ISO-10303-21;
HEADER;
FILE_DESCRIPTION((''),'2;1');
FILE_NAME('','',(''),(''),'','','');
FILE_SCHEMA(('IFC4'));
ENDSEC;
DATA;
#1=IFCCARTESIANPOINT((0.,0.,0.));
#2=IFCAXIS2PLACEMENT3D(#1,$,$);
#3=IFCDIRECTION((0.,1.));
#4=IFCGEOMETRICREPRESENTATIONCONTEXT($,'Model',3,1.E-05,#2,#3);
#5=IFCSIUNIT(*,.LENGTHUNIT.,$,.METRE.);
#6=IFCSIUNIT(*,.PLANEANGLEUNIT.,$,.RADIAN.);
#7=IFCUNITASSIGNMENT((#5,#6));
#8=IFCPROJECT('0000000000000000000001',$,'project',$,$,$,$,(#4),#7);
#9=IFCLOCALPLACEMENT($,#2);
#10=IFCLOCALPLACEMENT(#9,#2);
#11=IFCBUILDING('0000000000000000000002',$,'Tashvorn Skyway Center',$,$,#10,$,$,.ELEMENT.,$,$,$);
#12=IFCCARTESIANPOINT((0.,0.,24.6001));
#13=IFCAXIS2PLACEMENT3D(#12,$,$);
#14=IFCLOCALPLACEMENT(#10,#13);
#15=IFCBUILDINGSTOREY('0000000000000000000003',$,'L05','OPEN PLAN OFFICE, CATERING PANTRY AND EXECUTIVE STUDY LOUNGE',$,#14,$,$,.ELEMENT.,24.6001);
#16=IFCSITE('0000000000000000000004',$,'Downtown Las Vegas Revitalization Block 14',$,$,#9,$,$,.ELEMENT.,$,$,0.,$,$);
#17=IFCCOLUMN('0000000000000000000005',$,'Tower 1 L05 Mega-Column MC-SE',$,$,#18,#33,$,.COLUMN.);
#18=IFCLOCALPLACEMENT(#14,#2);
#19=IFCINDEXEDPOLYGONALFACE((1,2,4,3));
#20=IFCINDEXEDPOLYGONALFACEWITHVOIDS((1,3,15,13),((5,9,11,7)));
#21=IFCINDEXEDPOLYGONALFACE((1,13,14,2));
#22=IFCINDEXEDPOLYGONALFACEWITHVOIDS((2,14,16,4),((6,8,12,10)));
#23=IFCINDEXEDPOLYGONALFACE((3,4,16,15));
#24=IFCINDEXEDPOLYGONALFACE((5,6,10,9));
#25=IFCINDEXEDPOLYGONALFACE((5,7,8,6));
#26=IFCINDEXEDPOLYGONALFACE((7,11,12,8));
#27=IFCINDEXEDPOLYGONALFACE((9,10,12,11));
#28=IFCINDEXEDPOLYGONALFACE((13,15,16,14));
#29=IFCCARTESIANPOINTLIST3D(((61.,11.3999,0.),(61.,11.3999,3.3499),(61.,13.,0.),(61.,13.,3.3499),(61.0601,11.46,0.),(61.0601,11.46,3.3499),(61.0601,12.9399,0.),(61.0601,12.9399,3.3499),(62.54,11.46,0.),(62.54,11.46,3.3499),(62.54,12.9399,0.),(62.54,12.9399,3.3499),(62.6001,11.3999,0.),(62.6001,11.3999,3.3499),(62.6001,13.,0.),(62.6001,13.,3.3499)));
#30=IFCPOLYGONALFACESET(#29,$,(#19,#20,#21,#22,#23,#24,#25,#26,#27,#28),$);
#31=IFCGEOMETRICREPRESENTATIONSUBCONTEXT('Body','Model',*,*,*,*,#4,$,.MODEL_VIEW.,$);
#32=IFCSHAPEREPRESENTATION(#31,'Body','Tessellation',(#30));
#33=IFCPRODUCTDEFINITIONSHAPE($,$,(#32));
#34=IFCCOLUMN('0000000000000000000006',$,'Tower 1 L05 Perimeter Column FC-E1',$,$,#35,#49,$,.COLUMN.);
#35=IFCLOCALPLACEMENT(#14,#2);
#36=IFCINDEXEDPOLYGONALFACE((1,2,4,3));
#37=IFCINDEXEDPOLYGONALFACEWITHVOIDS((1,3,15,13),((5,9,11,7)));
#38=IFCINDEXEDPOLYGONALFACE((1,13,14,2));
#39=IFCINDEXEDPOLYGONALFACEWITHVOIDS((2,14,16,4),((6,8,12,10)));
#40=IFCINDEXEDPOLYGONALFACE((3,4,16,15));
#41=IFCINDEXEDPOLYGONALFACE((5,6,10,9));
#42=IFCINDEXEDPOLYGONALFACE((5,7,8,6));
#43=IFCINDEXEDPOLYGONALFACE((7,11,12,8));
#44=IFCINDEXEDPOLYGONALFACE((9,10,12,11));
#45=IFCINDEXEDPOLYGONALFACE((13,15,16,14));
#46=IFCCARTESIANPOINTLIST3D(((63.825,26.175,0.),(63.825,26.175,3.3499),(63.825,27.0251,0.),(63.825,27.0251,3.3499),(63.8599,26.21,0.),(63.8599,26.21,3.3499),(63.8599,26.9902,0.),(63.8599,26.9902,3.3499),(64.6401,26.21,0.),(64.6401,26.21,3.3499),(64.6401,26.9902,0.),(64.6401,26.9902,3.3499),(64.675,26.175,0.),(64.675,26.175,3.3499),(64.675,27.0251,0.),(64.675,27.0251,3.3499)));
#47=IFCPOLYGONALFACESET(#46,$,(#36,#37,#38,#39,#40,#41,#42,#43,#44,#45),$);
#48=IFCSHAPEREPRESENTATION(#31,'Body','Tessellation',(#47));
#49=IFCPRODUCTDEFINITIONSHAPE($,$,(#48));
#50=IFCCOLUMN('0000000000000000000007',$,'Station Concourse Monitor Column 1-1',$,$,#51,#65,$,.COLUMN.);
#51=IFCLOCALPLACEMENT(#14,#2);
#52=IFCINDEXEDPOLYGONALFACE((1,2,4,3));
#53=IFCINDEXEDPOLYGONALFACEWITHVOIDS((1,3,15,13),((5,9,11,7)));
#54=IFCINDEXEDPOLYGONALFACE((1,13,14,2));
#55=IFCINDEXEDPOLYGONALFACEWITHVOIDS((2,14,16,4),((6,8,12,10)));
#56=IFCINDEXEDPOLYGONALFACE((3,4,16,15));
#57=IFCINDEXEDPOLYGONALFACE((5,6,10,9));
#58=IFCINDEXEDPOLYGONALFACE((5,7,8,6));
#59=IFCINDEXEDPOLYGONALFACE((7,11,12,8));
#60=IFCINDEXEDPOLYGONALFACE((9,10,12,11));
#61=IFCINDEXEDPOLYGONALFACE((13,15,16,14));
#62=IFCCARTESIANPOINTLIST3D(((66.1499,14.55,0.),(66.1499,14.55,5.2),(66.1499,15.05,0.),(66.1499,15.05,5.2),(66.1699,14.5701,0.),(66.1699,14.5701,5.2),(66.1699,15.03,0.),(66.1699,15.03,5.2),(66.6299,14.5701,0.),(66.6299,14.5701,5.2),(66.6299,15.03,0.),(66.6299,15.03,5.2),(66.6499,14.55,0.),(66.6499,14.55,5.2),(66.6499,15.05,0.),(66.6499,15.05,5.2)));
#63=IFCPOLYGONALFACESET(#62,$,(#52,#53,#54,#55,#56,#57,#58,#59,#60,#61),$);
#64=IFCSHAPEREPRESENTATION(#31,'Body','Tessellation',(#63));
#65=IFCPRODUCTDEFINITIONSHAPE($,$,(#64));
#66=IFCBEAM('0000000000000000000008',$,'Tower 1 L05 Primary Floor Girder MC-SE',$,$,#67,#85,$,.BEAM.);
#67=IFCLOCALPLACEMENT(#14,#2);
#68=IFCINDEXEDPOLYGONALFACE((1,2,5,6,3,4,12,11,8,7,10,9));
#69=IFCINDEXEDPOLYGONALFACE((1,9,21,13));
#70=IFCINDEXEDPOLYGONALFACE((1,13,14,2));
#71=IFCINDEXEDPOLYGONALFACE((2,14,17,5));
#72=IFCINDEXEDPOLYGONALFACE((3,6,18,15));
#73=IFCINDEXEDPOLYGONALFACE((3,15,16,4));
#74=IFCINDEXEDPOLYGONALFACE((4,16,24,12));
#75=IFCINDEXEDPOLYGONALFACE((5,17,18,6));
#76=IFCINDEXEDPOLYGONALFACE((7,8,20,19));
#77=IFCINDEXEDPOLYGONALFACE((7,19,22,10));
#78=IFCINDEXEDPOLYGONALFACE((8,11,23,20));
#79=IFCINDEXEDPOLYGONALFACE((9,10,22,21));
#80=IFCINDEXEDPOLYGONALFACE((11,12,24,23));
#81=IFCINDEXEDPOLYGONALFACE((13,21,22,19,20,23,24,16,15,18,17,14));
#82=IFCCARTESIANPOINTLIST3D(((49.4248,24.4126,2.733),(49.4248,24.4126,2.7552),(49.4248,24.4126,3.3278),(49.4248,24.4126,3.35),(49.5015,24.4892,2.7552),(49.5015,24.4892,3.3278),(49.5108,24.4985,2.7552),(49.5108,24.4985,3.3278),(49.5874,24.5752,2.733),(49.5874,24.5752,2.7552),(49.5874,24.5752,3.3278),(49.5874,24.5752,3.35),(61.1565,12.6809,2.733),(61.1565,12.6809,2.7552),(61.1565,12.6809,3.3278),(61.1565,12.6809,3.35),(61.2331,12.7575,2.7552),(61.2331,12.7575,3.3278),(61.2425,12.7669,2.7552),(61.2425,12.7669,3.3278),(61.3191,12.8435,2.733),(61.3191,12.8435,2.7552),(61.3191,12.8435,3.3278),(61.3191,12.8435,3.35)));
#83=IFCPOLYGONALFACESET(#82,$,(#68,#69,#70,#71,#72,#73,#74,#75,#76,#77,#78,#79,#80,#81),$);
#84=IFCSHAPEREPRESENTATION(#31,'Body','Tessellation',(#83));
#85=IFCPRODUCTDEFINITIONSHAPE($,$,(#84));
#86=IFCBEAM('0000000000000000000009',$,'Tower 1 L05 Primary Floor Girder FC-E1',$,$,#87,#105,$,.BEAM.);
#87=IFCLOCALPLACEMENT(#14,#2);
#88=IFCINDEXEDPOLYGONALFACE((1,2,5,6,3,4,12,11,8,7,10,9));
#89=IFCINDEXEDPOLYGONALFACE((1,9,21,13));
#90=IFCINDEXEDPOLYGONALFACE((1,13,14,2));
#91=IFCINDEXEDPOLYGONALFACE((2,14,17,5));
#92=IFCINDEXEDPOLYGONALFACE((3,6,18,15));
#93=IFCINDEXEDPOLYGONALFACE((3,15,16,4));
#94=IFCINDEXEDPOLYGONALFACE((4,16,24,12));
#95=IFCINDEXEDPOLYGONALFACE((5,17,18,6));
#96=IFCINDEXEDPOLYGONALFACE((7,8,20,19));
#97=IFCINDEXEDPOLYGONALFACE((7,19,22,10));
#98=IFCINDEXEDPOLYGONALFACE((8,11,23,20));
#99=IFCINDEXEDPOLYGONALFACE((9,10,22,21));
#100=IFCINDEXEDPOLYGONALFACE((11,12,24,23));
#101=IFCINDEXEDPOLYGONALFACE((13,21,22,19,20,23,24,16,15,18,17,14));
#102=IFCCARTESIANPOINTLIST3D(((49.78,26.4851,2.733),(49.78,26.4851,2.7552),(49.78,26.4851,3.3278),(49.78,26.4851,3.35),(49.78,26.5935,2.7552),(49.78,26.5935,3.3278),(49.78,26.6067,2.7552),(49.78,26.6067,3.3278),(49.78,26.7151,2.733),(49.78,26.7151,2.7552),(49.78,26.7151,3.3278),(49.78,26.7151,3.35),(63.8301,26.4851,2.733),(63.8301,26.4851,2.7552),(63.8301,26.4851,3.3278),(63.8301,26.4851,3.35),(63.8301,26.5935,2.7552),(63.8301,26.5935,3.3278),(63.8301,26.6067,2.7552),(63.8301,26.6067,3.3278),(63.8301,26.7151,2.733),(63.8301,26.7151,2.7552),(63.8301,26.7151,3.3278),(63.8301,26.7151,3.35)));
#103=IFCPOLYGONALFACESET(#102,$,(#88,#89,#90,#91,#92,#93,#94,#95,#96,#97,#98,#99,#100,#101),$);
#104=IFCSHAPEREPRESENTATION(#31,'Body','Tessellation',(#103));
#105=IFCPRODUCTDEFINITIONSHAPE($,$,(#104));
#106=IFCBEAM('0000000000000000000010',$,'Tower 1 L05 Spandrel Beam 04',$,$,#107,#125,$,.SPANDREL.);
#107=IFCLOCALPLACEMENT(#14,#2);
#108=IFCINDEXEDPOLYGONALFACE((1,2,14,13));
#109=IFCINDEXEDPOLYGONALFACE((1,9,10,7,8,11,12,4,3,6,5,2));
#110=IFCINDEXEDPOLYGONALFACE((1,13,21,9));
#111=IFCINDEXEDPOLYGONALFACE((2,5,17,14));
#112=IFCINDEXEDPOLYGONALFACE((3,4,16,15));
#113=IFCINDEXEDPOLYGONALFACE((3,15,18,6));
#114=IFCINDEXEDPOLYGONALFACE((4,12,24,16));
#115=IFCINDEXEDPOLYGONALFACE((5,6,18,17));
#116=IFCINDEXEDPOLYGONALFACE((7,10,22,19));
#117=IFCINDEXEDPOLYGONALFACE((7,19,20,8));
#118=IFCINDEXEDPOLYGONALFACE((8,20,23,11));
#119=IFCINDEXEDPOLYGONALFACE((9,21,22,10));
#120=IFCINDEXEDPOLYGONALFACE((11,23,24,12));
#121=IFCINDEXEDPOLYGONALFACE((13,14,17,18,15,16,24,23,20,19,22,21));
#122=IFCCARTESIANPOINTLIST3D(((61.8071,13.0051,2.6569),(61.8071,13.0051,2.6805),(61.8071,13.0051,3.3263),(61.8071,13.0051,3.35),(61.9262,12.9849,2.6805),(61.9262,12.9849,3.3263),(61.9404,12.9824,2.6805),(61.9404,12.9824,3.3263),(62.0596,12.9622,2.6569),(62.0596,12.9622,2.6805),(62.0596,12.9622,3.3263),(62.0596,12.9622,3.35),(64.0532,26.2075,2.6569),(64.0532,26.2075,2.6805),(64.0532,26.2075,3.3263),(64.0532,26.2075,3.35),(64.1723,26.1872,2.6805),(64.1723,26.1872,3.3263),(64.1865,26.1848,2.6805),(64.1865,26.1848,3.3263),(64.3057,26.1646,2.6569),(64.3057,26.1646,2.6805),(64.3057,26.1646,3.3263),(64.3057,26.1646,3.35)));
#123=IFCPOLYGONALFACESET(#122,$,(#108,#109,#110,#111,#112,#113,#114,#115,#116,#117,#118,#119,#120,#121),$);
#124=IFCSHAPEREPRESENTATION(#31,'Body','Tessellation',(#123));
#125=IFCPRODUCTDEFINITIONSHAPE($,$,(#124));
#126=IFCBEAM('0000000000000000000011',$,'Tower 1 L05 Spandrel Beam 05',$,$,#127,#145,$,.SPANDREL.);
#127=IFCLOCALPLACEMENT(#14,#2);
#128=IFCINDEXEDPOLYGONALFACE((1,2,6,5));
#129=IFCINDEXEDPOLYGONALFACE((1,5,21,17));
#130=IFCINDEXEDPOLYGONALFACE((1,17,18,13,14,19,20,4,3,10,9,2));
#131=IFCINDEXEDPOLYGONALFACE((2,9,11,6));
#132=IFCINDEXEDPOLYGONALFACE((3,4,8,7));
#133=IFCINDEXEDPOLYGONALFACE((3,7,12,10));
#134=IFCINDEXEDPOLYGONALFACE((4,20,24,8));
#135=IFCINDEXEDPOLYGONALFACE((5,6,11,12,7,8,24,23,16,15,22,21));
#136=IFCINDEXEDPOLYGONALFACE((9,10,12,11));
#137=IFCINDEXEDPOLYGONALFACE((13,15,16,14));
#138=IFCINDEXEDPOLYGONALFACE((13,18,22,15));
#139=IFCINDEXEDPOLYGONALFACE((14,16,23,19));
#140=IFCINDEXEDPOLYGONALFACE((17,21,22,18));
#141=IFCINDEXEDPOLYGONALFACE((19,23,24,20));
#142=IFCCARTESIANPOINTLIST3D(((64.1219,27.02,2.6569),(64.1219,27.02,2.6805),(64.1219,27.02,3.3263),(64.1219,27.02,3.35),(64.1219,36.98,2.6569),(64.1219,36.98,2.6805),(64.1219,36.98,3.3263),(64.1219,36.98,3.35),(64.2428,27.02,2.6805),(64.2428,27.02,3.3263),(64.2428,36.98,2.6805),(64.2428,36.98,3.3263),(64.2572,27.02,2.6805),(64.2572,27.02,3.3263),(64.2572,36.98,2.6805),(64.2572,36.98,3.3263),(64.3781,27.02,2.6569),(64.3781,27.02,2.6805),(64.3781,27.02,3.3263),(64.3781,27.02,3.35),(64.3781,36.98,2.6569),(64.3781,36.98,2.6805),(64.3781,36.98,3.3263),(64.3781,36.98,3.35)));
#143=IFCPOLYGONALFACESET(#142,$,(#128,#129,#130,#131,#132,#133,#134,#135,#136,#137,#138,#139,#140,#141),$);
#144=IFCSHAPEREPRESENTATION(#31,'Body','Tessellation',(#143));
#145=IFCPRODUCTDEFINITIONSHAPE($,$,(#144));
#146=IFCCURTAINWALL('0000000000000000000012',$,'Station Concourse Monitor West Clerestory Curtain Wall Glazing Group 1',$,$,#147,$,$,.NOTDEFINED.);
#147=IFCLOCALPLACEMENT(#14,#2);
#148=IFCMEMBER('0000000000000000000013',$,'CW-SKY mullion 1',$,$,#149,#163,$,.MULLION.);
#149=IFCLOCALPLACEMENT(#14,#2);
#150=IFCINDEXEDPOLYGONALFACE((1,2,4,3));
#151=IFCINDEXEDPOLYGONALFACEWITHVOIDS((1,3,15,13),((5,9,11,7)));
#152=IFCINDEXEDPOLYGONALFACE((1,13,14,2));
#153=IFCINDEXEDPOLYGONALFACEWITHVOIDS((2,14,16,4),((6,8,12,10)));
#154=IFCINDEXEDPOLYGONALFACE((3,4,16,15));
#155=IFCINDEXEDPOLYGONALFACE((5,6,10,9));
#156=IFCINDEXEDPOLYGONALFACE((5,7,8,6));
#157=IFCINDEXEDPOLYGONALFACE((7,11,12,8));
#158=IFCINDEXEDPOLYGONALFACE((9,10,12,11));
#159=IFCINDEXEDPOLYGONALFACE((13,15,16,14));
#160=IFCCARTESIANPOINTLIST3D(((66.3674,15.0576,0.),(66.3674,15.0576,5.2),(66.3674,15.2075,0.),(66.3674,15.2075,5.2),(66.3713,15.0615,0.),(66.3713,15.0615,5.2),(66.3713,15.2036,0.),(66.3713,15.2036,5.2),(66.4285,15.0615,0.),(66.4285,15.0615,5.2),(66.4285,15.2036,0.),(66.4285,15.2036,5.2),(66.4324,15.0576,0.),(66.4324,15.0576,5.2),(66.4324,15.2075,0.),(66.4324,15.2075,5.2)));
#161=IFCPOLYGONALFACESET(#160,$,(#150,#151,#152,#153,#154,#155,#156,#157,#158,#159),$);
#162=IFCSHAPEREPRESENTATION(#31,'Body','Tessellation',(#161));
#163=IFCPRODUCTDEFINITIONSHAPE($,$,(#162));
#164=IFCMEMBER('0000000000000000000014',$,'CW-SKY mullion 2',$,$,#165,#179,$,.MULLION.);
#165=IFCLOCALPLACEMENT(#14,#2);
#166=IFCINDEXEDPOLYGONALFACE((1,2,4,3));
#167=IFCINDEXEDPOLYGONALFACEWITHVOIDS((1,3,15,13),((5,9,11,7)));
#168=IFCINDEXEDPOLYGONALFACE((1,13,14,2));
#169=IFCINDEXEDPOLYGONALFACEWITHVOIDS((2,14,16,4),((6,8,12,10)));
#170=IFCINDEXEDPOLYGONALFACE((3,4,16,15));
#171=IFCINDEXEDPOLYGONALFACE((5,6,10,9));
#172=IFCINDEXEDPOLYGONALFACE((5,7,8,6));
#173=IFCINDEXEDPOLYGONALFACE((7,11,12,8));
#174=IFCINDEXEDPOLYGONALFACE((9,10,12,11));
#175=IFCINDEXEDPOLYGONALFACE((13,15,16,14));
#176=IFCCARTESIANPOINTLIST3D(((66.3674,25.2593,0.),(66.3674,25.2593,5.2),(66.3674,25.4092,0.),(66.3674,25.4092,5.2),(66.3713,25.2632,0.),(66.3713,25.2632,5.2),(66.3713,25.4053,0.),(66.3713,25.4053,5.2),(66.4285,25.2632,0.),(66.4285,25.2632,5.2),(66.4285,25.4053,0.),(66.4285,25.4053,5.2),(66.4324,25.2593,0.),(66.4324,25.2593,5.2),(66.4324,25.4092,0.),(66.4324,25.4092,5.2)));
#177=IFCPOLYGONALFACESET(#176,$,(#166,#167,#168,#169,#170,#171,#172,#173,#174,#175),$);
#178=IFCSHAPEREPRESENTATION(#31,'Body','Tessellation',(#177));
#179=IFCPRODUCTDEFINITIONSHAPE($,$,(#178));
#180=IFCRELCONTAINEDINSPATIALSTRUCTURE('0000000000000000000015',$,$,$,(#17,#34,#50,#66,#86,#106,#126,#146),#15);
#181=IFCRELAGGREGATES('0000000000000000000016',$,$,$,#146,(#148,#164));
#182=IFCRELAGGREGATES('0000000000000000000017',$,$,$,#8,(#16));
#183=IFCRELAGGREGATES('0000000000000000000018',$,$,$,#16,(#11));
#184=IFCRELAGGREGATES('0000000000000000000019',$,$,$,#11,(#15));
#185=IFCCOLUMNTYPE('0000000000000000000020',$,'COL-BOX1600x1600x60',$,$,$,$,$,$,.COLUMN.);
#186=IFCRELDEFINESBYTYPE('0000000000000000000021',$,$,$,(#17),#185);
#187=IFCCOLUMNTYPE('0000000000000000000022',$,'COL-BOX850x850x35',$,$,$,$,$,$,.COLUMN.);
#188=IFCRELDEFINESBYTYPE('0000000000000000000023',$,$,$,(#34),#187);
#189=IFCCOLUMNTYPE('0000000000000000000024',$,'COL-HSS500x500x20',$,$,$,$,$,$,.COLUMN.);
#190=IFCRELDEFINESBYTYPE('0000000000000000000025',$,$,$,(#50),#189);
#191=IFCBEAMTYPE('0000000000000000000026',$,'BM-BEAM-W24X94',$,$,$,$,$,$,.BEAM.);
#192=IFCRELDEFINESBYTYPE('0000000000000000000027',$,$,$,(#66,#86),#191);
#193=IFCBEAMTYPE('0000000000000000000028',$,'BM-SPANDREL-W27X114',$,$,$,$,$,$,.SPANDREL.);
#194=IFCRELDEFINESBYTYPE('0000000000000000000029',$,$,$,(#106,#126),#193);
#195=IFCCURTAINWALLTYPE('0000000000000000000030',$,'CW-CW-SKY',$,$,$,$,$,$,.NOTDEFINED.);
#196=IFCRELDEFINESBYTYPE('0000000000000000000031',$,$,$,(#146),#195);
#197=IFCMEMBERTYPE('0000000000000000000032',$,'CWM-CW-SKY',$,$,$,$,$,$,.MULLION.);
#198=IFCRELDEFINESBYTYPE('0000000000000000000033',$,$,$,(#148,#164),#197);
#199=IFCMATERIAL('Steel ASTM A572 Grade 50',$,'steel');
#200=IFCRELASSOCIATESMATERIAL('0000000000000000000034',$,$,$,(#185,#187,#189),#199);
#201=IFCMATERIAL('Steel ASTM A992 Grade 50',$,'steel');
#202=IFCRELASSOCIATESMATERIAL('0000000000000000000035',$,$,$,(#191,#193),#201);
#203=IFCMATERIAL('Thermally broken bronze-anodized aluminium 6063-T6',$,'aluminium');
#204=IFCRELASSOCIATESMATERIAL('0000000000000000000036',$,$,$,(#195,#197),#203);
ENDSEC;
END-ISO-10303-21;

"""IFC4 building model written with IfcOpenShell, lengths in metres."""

from ifc_helpers import new_model, si_unit, direction, frame, origin, origin_2d, place, context, subcontext, project, spatial, hollow_rectangle, i_section, extrude, material, material_profile, profile_set, type_object, element, aggregate, save


model = new_model("IFC4")

# Units and contexts
model_context = context("Model", 3, precision=1e-05, world=origin(), true_north=direction((0.0, 1.0)))
body_context = subcontext(model_context, "Body", "Model", "MODEL_VIEW")
ifc_project = project(units=[si_unit("LENGTHUNIT", "METRE"), si_unit("PLANEANGLEUNIT", "RADIAN")], contexts=[model_context])

# Site, building, storey
site_placement = place(None, origin())
site = spatial("IfcSite", under=ifc_project, at=site_placement, Name="Downtown Las Vegas Revitalization Block 14", CompositionType="ELEMENT", RefElevation=0.0)
building_placement = place(site_placement, origin())
building = spatial("IfcBuilding", under=site, at=building_placement, Name="Tashvorn Skyway Center", CompositionType="ELEMENT")
storey_placement = place(building_placement, frame((0.0, 0.0, 24.6001)))
storey = spatial("IfcBuildingStorey", under=building, at=storey_placement, Name="L05", Description="OPEN PLAN OFFICE, CATERING PANTRY AND EXECUTIVE STUDY LOUNGE", CompositionType="ELEMENT", Elevation=24.6001)

# Columns
ifc_material_1 = material(Name="Steel ASTM A572 Grade 50", Category="steel")
ifc_material_profile_1 = material_profile(ifc_material_1, hollow_rectangle(XDim=1.6001, YDim=1.6001, WallThickness=0.0601, at=origin_2d()), Name="BOX1600x1600x60")
ifc_profile_set_1 = profile_set([ifc_material_profile_1], Name="Steel ASTM A572 Grade 50")
column_type_1 = type_object("IfcColumnType", Name="COL-BOX1600x1600x60", PredefinedType="COLUMN", material=ifc_profile_set_1)
column_1_placement = place(storey_placement, frame((61.8, 12.2, 0.0), z_axis=(0.0, 0.0, 1.0), x_axis=(1.0, 0.0, 0.0)))
element("IfcColumn", 1, at=column_1_placement, inside=storey, type_object=column_type_1, Name="Tower 1 L05 Mega-Column MC-SE", PredefinedType="COLUMN", context=body_context, shape_type="SweptSolid", body=[
    extrude(hollow_rectangle(XDim=1.6001, YDim=1.6001, WallThickness=0.0601, at=origin_2d()), origin(), (0.0, 0.0, 1.0), 3.3499),
])
ifc_material_profile_2 = material_profile(ifc_material_1, hollow_rectangle(XDim=0.8501, YDim=0.8501, WallThickness=0.0349, at=origin_2d()), Name="BOX850x850x35")
ifc_profile_set_2 = profile_set([ifc_material_profile_2], Name="Steel ASTM A572 Grade 50")
column_type_2 = type_object("IfcColumnType", Name="COL-BOX850x850x35", PredefinedType="COLUMN", material=ifc_profile_set_2)
column_2_placement = place(storey_placement, frame((64.25, 26.6001, 0.0), z_axis=(0.0, 0.0, 1.0), x_axis=(1.0, 0.0, 0.0)))
element("IfcColumn", 2, at=column_2_placement, inside=storey, type_object=column_type_2, Name="Tower 1 L05 Perimeter Column FC-E1", PredefinedType="COLUMN", context=body_context, shape_type="SweptSolid", body=[
    extrude(hollow_rectangle(XDim=0.8501, YDim=0.8501, WallThickness=0.0349, at=origin_2d()), origin(), (0.0, 0.0, 1.0), 3.3499),
])
ifc_material_profile_3 = material_profile(ifc_material_1, hollow_rectangle(XDim=0.5, YDim=0.5, WallThickness=0.02, at=origin_2d()), Name="HSS500x500x20")
ifc_profile_set_3 = profile_set([ifc_material_profile_3], Name="Steel ASTM A572 Grade 50")
column_type_3 = type_object("IfcColumnType", Name="COL-HSS500x500x20", PredefinedType="COLUMN", material=ifc_profile_set_3)
column_3_placement = place(storey_placement, frame((66.3999, 14.8, 0.0), z_axis=(0.0, 0.0, 1.0), x_axis=(1.0, 0.0, 0.0)))
element("IfcColumn", 3, at=column_3_placement, inside=storey, type_object=column_type_3, Name="Station Concourse Monitor Column 1-1", PredefinedType="COLUMN", context=body_context, shape_type="SweptSolid", body=[
    extrude(hollow_rectangle(XDim=0.5, YDim=0.5, WallThickness=0.02, at=origin_2d()), origin(), (0.0, 0.0, 1.0), 5.2),
])

# Beams
ifc_material_2 = material(Name="Steel ASTM A992 Grade 50", Category="steel")
ifc_material_profile_4 = material_profile(ifc_material_2, i_section(OverallWidth=0.23, OverallDepth=0.6169, WebThickness=0.0132, FlangeThickness=0.0222, at=origin_2d()), Name="W24X94")
ifc_profile_set_4 = profile_set([ifc_material_profile_4], Name="Steel ASTM A992 Grade 50")
beam_type_1 = type_object("IfcBeamType", Name="BM-BEAM-W24X94", PredefinedType="BEAM", material=ifc_profile_set_4)
beam_1_placement = place(storey_placement, frame((61.2378, 12.7622, 3.0415), z_axis=(-0.707107, 0.707107, 0.0), x_axis=(-0.707107, -0.707107, 0.0)))
element("IfcBeam", 4, at=beam_1_placement, inside=storey, type_object=beam_type_1, Name="Tower 1 L05 Primary Floor Girder MC-SE", PredefinedType="BEAM", context=body_context, shape_type="SweptSolid", body=[
    extrude(i_section(OverallWidth=0.23, OverallDepth=0.6169, WebThickness=0.0132, FlangeThickness=0.0222, at=origin_2d()), origin(), (0.0, 0.0, 1.0), 16.5911),
])
beam_2_placement = place(storey_placement, frame((63.8301, 26.6001, 3.0415), z_axis=(-1.0, 0.0, 0.0), x_axis=(0.0, -1.0, 0.0)))
element("IfcBeam", 5, at=beam_2_placement, inside=storey, type_object=beam_type_1, Name="Tower 1 L05 Primary Floor Girder FC-E1", PredefinedType="BEAM", context=body_context, shape_type="SweptSolid", body=[
    extrude(i_section(OverallWidth=0.23, OverallDepth=0.6169, WebThickness=0.0132, FlangeThickness=0.0222, at=origin_2d()), origin(), (0.0, 0.0, 1.0), 14.05),
])
ifc_material_profile_5 = material_profile(ifc_material_2, i_section(OverallWidth=0.2561, OverallDepth=0.6931, WebThickness=0.0144, FlangeThickness=0.0237, at=origin_2d()), Name="W27X114")
ifc_profile_set_5 = profile_set([ifc_material_profile_5], Name="Steel ASTM A992 Grade 50")
beam_type_2 = type_object("IfcBeamType", Name="BM-SPANDREL-W27X114", PredefinedType="SPANDREL", material=ifc_profile_set_5)
beam_3_placement = place(storey_placement, frame((61.9333, 12.9836, 3.0034), z_axis=(0.167718, 0.985835, 0.0), x_axis=(-0.985835, 0.167718, 0.0)))
element("IfcBeam", 6, at=beam_3_placement, inside=storey, type_object=beam_type_2, Name="Tower 1 L05 Spandrel Beam 04", PredefinedType="SPANDREL", context=body_context, shape_type="SweptSolid", body=[
    extrude(i_section(OverallWidth=0.2561, OverallDepth=0.6931, WebThickness=0.0144, FlangeThickness=0.0237, at=origin_2d()), origin(), (0.0, 0.0, 1.0), 13.3921),
])
beam_4_placement = place(storey_placement, frame((64.25, 27.02, 3.0034), z_axis=(0.0, 1.0, 0.0), x_axis=(-1.0, 0.0, 0.0)))
element("IfcBeam", 7, at=beam_4_placement, inside=storey, type_object=beam_type_2, Name="Tower 1 L05 Spandrel Beam 05", PredefinedType="SPANDREL", context=body_context, shape_type="SweptSolid", body=[
    extrude(i_section(OverallWidth=0.2561, OverallDepth=0.6931, WebThickness=0.0144, FlangeThickness=0.0237, at=origin_2d()), origin(), (0.0, 0.0, 1.0), 9.96),
])

# Curtain wall, members
ifc_material_3 = material(Name="Thermally broken bronze-anodized aluminium 6063-T6", Category="aluminium")
curtain_wall_type_1 = type_object("IfcCurtainWallType", Name="CW-CW-SKY", PredefinedType="NOTDEFINED", material=ifc_material_3)
curtain_wall_1_placement = place(storey_placement, origin())
curtain_wall_1 = element("IfcCurtainWall", 8, at=curtain_wall_1_placement, inside=storey, type_object=curtain_wall_type_1, Name="Station Concourse Monitor West Clerestory Curtain Wall Glazing Group 1", PredefinedType="NOTDEFINED")
ifc_material_profile_6 = material_profile(ifc_material_3, hollow_rectangle(XDim=0.0649, YDim=0.1499, WallThickness=0.0039, at=origin_2d()), Name="ALU-MULL-65x150")
ifc_profile_set_6 = profile_set([ifc_material_profile_6], Name="Thermally broken bronze-anodized aluminium 6063-T6")
member_type_1 = type_object("IfcMemberType", Name="CWM-CW-SKY", PredefinedType="MULLION", material=ifc_profile_set_6)
member_1_placement = place(storey_placement, frame((66.3999, 15.1326, 0.0), z_axis=(0.0, 0.0, 1.0), x_axis=(-1.0, 0.0, 0.0)))
member_1 = element("IfcMember", 9, at=member_1_placement, type_object=member_type_1, Name="CW-SKY mullion 1", PredefinedType="MULLION", context=body_context, shape_type="SweptSolid", body=[
    extrude(hollow_rectangle(XDim=0.0649, YDim=0.1499, WallThickness=0.0039, at=origin_2d()), origin(), (0.0, 0.0, 1.0), 5.2),
])
member_2_placement = place(storey_placement, frame((66.3999, 25.3342, 0.0), z_axis=(0.0, 0.0, 1.0), x_axis=(-1.0, 0.0, 0.0)))
member_2 = element("IfcMember", 10, at=member_2_placement, type_object=member_type_1, Name="CW-SKY mullion 2", PredefinedType="MULLION", context=body_context, shape_type="SweptSolid", body=[
    extrude(hollow_rectangle(XDim=0.0649, YDim=0.1499, WallThickness=0.0039, at=origin_2d()), origin(), (0.0, 0.0, 1.0), 5.2),
])

aggregate(curtain_wall_1, [member_1, member_2])

save(model, "model.ifc")
